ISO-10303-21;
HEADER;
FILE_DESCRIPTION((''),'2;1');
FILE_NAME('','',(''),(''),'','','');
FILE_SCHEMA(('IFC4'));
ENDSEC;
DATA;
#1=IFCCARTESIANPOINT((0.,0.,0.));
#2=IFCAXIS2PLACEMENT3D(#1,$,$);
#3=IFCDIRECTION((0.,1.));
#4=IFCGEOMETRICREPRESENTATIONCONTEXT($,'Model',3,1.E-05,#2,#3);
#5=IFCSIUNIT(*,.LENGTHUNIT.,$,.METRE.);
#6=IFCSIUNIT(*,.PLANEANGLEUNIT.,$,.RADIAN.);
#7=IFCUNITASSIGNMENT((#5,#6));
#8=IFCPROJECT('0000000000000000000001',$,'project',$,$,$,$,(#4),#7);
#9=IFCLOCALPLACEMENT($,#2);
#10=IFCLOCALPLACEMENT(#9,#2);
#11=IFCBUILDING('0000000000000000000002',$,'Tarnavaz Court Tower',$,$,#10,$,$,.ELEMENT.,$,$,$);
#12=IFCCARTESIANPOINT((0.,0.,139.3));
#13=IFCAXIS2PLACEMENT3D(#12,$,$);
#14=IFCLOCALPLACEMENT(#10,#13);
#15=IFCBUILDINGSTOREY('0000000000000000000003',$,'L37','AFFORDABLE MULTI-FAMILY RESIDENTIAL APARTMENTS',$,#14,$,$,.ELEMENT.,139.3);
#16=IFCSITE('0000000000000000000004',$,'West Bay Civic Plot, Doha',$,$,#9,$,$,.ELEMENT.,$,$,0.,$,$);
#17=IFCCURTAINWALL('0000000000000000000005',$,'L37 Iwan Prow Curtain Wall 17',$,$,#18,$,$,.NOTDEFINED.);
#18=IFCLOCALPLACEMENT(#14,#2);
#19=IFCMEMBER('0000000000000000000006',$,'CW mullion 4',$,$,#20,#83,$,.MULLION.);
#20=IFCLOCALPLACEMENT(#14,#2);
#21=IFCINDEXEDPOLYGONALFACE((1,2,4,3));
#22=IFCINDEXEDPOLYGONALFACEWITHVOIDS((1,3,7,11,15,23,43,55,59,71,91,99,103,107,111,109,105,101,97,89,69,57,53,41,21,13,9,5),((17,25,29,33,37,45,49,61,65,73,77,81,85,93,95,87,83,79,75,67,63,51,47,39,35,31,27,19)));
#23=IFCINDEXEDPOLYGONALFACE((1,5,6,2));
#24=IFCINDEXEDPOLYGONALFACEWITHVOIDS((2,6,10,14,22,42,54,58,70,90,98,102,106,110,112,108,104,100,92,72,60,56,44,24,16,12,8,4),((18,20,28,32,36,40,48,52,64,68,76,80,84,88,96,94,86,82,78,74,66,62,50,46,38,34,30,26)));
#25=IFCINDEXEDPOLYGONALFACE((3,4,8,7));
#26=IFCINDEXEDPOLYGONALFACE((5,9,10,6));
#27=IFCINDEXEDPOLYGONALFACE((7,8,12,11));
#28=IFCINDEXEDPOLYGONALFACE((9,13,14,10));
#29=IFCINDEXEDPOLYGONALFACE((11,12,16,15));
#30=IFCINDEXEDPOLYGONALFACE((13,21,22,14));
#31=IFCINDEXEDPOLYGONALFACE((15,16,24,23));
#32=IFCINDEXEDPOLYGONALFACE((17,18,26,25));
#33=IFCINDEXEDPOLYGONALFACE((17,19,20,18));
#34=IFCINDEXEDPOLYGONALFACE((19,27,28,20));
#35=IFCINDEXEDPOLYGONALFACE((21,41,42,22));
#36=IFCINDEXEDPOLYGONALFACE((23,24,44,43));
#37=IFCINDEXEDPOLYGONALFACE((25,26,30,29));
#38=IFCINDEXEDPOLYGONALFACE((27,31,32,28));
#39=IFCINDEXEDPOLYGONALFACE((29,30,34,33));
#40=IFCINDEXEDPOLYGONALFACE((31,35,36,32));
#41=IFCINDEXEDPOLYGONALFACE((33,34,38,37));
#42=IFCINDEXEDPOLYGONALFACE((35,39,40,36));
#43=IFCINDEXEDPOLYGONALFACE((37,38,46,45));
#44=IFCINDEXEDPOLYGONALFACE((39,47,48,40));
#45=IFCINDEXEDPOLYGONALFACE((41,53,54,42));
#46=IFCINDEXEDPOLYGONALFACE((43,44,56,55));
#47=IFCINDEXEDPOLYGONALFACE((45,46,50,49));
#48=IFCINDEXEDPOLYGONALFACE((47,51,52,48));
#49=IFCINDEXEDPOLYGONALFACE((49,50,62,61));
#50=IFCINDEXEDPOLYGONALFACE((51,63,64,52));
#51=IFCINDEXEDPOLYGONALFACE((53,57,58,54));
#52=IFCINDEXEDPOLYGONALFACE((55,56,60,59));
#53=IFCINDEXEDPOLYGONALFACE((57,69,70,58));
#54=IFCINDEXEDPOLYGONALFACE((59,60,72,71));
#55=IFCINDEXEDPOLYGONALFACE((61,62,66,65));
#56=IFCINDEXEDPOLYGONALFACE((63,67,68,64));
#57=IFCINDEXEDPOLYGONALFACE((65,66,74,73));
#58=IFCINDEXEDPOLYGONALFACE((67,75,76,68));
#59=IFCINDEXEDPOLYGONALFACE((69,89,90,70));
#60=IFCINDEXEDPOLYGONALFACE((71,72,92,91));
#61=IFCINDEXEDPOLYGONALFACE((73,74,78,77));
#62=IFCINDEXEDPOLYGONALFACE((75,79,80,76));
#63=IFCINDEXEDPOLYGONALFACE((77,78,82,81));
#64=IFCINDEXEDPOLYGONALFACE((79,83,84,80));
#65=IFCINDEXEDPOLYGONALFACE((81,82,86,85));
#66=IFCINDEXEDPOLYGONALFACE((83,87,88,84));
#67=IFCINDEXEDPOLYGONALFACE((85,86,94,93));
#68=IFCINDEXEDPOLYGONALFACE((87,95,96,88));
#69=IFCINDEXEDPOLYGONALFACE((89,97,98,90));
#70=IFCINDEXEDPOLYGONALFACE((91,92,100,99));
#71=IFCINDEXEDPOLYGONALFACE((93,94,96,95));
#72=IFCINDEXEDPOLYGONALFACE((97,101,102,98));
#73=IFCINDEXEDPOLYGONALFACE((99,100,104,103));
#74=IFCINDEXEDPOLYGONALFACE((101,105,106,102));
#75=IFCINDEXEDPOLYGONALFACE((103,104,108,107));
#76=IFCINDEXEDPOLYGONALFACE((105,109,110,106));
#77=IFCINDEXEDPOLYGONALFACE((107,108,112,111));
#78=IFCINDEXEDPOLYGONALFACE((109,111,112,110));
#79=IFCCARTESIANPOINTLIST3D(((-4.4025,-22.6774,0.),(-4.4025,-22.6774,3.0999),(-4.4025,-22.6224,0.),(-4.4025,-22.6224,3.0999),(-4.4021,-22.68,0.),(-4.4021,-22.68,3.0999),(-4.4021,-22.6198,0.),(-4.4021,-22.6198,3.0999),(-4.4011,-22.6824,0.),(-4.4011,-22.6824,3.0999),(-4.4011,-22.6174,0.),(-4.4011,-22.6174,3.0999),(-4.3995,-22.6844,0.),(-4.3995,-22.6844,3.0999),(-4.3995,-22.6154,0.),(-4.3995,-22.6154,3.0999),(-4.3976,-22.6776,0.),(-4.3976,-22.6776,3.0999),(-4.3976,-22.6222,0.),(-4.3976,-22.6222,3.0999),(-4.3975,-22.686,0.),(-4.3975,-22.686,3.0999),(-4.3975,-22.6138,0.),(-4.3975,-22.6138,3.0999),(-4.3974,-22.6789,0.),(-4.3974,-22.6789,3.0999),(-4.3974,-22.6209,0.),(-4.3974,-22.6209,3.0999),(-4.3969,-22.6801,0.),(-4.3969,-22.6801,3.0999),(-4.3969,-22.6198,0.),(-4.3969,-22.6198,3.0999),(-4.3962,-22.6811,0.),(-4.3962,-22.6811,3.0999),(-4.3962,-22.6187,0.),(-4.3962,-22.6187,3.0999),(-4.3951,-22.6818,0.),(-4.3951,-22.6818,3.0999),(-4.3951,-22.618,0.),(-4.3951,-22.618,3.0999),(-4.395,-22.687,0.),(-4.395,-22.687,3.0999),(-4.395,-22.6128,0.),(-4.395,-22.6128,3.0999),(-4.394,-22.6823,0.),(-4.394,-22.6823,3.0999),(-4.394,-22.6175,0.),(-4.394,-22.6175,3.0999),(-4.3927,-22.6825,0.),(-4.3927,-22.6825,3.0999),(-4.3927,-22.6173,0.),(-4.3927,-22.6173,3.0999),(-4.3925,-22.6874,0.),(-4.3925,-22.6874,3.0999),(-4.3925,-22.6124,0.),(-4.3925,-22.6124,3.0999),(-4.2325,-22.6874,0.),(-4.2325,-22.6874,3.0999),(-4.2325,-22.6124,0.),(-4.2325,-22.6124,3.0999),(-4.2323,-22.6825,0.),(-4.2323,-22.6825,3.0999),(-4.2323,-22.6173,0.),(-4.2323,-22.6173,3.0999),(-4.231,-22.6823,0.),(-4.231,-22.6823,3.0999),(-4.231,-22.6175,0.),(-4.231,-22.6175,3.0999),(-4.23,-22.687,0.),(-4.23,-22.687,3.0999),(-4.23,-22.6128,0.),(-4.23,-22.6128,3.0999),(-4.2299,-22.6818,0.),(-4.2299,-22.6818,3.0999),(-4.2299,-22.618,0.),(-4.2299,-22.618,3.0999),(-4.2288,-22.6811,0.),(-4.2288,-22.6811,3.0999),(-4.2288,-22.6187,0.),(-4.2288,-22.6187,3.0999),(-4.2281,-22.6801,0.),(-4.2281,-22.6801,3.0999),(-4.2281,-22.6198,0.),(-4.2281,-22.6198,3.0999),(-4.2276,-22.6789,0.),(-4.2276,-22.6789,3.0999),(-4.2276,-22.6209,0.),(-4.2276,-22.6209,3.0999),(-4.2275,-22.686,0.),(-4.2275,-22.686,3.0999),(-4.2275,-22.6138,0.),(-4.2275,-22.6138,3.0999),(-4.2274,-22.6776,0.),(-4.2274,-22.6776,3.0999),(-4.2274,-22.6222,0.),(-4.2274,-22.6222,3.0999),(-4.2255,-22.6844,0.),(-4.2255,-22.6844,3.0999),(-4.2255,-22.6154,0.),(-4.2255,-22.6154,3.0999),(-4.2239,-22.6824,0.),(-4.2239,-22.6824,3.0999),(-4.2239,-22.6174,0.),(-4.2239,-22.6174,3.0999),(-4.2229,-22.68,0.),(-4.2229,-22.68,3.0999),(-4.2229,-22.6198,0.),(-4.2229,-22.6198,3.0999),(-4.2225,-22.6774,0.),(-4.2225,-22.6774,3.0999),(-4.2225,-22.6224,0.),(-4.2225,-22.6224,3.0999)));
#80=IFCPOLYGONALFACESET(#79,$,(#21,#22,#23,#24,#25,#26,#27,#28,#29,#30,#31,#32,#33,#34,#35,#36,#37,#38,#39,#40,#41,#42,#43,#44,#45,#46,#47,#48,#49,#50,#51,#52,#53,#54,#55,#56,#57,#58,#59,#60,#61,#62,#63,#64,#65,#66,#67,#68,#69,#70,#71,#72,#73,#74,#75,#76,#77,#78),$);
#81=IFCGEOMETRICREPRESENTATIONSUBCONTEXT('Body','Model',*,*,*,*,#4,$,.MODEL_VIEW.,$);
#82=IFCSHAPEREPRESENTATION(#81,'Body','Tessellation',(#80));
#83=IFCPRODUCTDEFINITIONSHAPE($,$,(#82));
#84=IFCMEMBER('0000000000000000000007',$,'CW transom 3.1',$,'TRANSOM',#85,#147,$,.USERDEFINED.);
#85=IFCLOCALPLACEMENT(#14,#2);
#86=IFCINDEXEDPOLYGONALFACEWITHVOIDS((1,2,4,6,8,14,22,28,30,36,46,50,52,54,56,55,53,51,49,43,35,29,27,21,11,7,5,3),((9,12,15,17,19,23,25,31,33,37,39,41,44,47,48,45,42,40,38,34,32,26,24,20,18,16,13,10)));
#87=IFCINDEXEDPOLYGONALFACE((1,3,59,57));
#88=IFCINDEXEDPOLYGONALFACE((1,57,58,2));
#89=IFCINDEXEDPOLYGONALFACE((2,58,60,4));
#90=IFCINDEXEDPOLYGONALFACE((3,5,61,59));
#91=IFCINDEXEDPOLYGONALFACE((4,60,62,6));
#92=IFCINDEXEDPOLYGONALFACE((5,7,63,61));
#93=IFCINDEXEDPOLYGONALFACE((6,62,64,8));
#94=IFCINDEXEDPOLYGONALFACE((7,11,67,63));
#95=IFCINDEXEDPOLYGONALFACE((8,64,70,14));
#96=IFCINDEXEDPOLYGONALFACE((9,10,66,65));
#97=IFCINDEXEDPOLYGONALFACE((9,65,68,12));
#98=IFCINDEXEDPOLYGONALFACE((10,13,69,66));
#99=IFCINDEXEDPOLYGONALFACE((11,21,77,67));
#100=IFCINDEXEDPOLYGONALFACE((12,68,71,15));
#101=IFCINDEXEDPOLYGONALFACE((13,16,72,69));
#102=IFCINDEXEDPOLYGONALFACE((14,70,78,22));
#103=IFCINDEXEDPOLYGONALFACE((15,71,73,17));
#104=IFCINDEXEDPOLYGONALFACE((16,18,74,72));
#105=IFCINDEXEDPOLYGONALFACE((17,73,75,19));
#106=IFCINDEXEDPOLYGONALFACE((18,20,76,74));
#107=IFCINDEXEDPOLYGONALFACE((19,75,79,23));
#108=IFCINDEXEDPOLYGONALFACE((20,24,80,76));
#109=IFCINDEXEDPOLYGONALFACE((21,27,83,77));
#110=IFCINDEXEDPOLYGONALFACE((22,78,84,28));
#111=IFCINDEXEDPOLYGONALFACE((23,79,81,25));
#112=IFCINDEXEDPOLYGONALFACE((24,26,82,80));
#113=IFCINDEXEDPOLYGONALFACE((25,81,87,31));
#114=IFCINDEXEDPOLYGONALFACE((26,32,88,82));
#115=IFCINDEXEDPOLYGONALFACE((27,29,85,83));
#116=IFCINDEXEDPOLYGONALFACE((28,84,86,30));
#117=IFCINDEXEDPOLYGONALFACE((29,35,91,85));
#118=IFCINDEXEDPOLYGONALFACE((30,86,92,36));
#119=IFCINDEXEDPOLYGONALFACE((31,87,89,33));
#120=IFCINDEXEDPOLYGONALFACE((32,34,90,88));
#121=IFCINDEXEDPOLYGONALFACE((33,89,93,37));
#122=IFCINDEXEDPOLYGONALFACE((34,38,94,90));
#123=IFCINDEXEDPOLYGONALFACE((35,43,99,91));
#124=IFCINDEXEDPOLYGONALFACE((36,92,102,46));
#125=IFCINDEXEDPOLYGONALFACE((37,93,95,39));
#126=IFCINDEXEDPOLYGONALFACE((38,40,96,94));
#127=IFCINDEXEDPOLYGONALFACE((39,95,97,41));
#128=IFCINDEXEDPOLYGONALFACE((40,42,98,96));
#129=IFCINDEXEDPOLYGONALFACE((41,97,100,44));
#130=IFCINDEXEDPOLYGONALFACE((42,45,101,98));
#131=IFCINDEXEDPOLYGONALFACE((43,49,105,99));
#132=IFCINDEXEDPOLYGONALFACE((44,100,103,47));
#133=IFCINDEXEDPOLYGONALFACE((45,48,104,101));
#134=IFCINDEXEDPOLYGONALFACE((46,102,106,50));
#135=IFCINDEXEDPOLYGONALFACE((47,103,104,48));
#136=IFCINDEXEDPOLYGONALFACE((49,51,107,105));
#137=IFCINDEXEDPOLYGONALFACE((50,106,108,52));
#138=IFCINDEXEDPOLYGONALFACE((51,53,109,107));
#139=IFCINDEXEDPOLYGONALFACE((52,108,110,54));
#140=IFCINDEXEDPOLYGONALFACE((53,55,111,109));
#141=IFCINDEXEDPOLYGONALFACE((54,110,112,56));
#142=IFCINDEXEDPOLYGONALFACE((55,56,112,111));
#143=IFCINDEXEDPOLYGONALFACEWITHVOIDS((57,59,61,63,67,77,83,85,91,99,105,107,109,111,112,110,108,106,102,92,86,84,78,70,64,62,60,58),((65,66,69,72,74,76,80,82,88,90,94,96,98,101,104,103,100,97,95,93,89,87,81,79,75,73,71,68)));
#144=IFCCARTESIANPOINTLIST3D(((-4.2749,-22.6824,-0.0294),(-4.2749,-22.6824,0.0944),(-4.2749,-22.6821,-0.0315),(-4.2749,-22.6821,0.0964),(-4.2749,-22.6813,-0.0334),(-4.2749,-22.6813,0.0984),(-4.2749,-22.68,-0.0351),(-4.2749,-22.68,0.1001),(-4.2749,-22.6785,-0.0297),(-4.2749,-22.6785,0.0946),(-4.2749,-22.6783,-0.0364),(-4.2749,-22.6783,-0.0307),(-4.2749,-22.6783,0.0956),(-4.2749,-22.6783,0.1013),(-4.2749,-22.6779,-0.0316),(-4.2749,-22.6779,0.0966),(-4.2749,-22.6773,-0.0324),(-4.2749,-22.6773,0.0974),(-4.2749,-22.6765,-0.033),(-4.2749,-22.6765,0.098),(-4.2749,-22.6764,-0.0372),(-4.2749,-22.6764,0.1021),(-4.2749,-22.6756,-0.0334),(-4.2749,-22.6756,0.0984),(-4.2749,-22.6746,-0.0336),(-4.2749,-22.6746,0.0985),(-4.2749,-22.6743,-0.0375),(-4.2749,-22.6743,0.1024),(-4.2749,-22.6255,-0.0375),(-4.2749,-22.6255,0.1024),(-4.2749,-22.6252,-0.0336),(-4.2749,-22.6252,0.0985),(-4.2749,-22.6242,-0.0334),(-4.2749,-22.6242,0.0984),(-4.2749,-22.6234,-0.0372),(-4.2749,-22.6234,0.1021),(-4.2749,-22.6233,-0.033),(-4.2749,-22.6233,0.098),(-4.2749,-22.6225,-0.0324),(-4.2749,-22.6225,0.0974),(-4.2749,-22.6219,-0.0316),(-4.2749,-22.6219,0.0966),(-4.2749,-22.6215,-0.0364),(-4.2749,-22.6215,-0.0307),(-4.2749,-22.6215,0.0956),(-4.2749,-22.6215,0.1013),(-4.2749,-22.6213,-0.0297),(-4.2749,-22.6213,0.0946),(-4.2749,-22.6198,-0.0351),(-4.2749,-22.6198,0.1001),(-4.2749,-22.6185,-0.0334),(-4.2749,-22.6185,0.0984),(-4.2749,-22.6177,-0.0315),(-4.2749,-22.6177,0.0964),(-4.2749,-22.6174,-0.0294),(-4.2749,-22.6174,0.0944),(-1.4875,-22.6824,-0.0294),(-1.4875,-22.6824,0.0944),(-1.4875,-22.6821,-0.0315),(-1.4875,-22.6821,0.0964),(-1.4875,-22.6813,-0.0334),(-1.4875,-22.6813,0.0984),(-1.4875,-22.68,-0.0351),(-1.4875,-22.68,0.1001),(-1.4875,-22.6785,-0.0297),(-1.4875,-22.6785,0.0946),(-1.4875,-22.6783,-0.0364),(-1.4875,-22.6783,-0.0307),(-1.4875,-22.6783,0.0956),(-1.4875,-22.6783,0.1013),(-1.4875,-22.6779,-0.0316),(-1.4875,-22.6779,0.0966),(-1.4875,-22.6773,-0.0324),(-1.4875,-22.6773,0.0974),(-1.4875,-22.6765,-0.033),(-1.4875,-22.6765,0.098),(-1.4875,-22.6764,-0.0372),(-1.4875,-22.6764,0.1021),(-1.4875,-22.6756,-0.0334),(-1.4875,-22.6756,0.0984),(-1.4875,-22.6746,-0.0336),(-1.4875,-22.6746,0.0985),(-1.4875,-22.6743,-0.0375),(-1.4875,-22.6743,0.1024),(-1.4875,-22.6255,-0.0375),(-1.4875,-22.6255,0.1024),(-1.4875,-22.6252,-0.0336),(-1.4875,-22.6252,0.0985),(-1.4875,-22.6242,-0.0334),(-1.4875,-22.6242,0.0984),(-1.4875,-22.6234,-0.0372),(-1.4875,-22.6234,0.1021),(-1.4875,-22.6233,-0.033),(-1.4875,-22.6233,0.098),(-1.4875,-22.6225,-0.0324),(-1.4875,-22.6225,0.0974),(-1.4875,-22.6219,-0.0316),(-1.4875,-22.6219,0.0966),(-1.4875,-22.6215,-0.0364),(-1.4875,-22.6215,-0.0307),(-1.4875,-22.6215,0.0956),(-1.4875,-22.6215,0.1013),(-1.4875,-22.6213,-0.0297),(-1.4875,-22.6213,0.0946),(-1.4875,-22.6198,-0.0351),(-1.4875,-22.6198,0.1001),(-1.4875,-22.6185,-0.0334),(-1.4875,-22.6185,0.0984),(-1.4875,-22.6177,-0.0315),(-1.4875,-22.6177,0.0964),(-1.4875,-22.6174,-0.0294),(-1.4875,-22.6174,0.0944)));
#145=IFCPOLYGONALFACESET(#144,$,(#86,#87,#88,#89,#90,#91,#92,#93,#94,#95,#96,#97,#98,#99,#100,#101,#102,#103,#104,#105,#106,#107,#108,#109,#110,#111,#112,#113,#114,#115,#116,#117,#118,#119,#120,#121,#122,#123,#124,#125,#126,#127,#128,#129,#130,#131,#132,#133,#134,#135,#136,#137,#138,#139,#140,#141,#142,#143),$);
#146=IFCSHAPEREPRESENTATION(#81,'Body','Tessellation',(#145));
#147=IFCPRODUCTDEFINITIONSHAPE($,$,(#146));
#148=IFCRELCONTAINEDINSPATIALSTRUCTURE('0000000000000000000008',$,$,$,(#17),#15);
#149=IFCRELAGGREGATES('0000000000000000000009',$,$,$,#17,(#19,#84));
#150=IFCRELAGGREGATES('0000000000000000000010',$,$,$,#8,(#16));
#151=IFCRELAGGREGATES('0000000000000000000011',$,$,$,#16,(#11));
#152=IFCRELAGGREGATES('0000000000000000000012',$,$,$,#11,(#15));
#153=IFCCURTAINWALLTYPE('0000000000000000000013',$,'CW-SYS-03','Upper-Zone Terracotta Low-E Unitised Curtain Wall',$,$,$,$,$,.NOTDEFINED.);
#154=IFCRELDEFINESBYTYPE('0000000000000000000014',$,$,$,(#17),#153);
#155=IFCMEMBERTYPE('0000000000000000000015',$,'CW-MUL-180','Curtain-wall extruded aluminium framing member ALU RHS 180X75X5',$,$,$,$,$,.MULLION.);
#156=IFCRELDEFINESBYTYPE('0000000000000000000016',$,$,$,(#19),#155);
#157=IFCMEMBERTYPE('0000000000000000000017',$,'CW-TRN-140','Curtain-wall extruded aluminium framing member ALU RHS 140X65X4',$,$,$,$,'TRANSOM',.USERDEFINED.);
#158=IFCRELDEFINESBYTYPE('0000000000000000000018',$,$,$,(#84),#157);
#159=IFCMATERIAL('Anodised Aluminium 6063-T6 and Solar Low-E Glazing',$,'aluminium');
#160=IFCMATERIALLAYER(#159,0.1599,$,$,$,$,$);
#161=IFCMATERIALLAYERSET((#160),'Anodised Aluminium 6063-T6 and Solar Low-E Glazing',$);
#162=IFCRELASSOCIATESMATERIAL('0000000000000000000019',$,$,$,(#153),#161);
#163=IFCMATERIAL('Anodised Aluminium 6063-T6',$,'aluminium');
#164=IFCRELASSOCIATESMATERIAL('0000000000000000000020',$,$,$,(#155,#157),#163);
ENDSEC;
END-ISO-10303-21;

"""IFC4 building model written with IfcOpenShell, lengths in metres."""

from ifc_helpers import new_model, si_unit, direction, frame, origin, origin_2d, place, context, subcontext, project, spatial, hollow_rectangle, extrude, material, layer, layer_set, material_profile, profile_set, type_object, element, aggregate, save


model = new_model("IFC4")

# Units and contexts
model_context = context("Model", 3, precision=1e-05, world=origin(), true_north=direction((0.0, 1.0)))
body_context = subcontext(model_context, "Body", "Model", "MODEL_VIEW")
ifc_project = project(units=[si_unit("LENGTHUNIT", "METRE"), si_unit("PLANEANGLEUNIT", "RADIAN")], contexts=[model_context])

# Site, building, storey
site_placement = place(None, origin())
site = spatial("IfcSite", under=ifc_project, at=site_placement, Name="West Bay Civic Plot, Doha", CompositionType="ELEMENT", RefElevation=0.0)
building_placement = place(site_placement, origin())
building = spatial("IfcBuilding", under=site, at=building_placement, Name="Tarnavaz Court Tower", CompositionType="ELEMENT")
storey_placement = place(building_placement, frame((0.0, 0.0, 139.3)))
storey = spatial("IfcBuildingStorey", under=building, at=storey_placement, Name="L37", Description="AFFORDABLE MULTI-FAMILY RESIDENTIAL APARTMENTS", CompositionType="ELEMENT", Elevation=139.3)

# Curtain wall, members
ifc_material_1 = material(Name="Anodised Aluminium 6063-T6 and Solar Low-E Glazing", Category="aluminium")
ifc_layer_1 = layer(ifc_material_1, 0.1599)
ifc_layer_set_1 = layer_set([ifc_layer_1], Name="Anodised Aluminium 6063-T6 and Solar Low-E Glazing")
curtain_wall_type = type_object("IfcCurtainWallType", Name="CW-SYS-03", Description="Upper-Zone Terracotta Low-E Unitised Curtain Wall", PredefinedType="NOTDEFINED", material=ifc_layer_set_1)
curtain_wall_placement = place(storey_placement, origin())
curtain_wall = element("IfcCurtainWall", 1, at=curtain_wall_placement, inside=storey, type_object=curtain_wall_type, Name="L37 Iwan Prow Curtain Wall 17", PredefinedType="NOTDEFINED")
ifc_material_2 = material(Name="Anodised Aluminium 6063-T6", Category="aluminium")
ifc_material_profile_1 = material_profile(ifc_material_2, hollow_rectangle(XDim=0.075, YDim=0.1799, WallThickness=0.0049, InnerFilletRadius=0.0049, OuterFilletRadius=0.01, at=origin_2d()), Name="ALU RHS 180X75X5")
ifc_profile_set_1 = profile_set([ifc_material_profile_1], Name="Anodised Aluminium 6063-T6")
member_type_1 = type_object("IfcMemberType", Name="CW-MUL-180", Description="Curtain-wall extruded aluminium framing member ALU RHS 180X75X5", PredefinedType="MULLION", material=ifc_profile_set_1)
member_1_placement = place(storey_placement, frame((-4.3125, -22.6499, 0.0), z_axis=(0.0, 0.0, 1.0), x_axis=(0.0, -1.0, 0.0)))
member_1 = element("IfcMember", 2, at=member_1_placement, type_object=member_type_1, Name="CW mullion 4", PredefinedType="MULLION", context=body_context, shape_type="SweptSolid", body=[
    extrude(hollow_rectangle(XDim=0.075, YDim=0.1799, WallThickness=0.0049, InnerFilletRadius=0.0049, OuterFilletRadius=0.01, at=origin_2d()), origin(), (0.0, 0.0, 1.0), 3.0999),
])
ifc_material_profile_2 = material_profile(ifc_material_2, hollow_rectangle(XDim=0.0649, YDim=0.1399, WallThickness=0.0039, InnerFilletRadius=0.0039, OuterFilletRadius=0.0081, at=origin_2d()), Name="ALU RHS 140X65X4")
ifc_profile_set_2 = profile_set([ifc_material_profile_2], Name="Anodised Aluminium 6063-T6")
member_type_2 = type_object("IfcMemberType", Name="CW-TRN-140", Description="Curtain-wall extruded aluminium framing member ALU RHS 140X65X4", ElementType="TRANSOM", PredefinedType="USERDEFINED", material=ifc_profile_set_2)
member_2_placement = place(storey_placement, frame((-1.4875, -22.6499, 0.0325), z_axis=(-1.0, 0.0, 0.0), x_axis=(0.0, -1.0, 0.0)))
member_2 = element("IfcMember", 3, at=member_2_placement, type_object=member_type_2, Name="CW transom 3.1", ObjectType="TRANSOM", PredefinedType="USERDEFINED", context=body_context, shape_type="SweptSolid", body=[
    extrude(hollow_rectangle(XDim=0.0649, YDim=0.1399, WallThickness=0.0039, InnerFilletRadius=0.0039, OuterFilletRadius=0.0081, at=origin_2d()), origin(), (0.0, 0.0, 1.0), 2.7874),
])
aggregate(curtain_wall, [member_1, member_2])

save(model, "model.ifc")
